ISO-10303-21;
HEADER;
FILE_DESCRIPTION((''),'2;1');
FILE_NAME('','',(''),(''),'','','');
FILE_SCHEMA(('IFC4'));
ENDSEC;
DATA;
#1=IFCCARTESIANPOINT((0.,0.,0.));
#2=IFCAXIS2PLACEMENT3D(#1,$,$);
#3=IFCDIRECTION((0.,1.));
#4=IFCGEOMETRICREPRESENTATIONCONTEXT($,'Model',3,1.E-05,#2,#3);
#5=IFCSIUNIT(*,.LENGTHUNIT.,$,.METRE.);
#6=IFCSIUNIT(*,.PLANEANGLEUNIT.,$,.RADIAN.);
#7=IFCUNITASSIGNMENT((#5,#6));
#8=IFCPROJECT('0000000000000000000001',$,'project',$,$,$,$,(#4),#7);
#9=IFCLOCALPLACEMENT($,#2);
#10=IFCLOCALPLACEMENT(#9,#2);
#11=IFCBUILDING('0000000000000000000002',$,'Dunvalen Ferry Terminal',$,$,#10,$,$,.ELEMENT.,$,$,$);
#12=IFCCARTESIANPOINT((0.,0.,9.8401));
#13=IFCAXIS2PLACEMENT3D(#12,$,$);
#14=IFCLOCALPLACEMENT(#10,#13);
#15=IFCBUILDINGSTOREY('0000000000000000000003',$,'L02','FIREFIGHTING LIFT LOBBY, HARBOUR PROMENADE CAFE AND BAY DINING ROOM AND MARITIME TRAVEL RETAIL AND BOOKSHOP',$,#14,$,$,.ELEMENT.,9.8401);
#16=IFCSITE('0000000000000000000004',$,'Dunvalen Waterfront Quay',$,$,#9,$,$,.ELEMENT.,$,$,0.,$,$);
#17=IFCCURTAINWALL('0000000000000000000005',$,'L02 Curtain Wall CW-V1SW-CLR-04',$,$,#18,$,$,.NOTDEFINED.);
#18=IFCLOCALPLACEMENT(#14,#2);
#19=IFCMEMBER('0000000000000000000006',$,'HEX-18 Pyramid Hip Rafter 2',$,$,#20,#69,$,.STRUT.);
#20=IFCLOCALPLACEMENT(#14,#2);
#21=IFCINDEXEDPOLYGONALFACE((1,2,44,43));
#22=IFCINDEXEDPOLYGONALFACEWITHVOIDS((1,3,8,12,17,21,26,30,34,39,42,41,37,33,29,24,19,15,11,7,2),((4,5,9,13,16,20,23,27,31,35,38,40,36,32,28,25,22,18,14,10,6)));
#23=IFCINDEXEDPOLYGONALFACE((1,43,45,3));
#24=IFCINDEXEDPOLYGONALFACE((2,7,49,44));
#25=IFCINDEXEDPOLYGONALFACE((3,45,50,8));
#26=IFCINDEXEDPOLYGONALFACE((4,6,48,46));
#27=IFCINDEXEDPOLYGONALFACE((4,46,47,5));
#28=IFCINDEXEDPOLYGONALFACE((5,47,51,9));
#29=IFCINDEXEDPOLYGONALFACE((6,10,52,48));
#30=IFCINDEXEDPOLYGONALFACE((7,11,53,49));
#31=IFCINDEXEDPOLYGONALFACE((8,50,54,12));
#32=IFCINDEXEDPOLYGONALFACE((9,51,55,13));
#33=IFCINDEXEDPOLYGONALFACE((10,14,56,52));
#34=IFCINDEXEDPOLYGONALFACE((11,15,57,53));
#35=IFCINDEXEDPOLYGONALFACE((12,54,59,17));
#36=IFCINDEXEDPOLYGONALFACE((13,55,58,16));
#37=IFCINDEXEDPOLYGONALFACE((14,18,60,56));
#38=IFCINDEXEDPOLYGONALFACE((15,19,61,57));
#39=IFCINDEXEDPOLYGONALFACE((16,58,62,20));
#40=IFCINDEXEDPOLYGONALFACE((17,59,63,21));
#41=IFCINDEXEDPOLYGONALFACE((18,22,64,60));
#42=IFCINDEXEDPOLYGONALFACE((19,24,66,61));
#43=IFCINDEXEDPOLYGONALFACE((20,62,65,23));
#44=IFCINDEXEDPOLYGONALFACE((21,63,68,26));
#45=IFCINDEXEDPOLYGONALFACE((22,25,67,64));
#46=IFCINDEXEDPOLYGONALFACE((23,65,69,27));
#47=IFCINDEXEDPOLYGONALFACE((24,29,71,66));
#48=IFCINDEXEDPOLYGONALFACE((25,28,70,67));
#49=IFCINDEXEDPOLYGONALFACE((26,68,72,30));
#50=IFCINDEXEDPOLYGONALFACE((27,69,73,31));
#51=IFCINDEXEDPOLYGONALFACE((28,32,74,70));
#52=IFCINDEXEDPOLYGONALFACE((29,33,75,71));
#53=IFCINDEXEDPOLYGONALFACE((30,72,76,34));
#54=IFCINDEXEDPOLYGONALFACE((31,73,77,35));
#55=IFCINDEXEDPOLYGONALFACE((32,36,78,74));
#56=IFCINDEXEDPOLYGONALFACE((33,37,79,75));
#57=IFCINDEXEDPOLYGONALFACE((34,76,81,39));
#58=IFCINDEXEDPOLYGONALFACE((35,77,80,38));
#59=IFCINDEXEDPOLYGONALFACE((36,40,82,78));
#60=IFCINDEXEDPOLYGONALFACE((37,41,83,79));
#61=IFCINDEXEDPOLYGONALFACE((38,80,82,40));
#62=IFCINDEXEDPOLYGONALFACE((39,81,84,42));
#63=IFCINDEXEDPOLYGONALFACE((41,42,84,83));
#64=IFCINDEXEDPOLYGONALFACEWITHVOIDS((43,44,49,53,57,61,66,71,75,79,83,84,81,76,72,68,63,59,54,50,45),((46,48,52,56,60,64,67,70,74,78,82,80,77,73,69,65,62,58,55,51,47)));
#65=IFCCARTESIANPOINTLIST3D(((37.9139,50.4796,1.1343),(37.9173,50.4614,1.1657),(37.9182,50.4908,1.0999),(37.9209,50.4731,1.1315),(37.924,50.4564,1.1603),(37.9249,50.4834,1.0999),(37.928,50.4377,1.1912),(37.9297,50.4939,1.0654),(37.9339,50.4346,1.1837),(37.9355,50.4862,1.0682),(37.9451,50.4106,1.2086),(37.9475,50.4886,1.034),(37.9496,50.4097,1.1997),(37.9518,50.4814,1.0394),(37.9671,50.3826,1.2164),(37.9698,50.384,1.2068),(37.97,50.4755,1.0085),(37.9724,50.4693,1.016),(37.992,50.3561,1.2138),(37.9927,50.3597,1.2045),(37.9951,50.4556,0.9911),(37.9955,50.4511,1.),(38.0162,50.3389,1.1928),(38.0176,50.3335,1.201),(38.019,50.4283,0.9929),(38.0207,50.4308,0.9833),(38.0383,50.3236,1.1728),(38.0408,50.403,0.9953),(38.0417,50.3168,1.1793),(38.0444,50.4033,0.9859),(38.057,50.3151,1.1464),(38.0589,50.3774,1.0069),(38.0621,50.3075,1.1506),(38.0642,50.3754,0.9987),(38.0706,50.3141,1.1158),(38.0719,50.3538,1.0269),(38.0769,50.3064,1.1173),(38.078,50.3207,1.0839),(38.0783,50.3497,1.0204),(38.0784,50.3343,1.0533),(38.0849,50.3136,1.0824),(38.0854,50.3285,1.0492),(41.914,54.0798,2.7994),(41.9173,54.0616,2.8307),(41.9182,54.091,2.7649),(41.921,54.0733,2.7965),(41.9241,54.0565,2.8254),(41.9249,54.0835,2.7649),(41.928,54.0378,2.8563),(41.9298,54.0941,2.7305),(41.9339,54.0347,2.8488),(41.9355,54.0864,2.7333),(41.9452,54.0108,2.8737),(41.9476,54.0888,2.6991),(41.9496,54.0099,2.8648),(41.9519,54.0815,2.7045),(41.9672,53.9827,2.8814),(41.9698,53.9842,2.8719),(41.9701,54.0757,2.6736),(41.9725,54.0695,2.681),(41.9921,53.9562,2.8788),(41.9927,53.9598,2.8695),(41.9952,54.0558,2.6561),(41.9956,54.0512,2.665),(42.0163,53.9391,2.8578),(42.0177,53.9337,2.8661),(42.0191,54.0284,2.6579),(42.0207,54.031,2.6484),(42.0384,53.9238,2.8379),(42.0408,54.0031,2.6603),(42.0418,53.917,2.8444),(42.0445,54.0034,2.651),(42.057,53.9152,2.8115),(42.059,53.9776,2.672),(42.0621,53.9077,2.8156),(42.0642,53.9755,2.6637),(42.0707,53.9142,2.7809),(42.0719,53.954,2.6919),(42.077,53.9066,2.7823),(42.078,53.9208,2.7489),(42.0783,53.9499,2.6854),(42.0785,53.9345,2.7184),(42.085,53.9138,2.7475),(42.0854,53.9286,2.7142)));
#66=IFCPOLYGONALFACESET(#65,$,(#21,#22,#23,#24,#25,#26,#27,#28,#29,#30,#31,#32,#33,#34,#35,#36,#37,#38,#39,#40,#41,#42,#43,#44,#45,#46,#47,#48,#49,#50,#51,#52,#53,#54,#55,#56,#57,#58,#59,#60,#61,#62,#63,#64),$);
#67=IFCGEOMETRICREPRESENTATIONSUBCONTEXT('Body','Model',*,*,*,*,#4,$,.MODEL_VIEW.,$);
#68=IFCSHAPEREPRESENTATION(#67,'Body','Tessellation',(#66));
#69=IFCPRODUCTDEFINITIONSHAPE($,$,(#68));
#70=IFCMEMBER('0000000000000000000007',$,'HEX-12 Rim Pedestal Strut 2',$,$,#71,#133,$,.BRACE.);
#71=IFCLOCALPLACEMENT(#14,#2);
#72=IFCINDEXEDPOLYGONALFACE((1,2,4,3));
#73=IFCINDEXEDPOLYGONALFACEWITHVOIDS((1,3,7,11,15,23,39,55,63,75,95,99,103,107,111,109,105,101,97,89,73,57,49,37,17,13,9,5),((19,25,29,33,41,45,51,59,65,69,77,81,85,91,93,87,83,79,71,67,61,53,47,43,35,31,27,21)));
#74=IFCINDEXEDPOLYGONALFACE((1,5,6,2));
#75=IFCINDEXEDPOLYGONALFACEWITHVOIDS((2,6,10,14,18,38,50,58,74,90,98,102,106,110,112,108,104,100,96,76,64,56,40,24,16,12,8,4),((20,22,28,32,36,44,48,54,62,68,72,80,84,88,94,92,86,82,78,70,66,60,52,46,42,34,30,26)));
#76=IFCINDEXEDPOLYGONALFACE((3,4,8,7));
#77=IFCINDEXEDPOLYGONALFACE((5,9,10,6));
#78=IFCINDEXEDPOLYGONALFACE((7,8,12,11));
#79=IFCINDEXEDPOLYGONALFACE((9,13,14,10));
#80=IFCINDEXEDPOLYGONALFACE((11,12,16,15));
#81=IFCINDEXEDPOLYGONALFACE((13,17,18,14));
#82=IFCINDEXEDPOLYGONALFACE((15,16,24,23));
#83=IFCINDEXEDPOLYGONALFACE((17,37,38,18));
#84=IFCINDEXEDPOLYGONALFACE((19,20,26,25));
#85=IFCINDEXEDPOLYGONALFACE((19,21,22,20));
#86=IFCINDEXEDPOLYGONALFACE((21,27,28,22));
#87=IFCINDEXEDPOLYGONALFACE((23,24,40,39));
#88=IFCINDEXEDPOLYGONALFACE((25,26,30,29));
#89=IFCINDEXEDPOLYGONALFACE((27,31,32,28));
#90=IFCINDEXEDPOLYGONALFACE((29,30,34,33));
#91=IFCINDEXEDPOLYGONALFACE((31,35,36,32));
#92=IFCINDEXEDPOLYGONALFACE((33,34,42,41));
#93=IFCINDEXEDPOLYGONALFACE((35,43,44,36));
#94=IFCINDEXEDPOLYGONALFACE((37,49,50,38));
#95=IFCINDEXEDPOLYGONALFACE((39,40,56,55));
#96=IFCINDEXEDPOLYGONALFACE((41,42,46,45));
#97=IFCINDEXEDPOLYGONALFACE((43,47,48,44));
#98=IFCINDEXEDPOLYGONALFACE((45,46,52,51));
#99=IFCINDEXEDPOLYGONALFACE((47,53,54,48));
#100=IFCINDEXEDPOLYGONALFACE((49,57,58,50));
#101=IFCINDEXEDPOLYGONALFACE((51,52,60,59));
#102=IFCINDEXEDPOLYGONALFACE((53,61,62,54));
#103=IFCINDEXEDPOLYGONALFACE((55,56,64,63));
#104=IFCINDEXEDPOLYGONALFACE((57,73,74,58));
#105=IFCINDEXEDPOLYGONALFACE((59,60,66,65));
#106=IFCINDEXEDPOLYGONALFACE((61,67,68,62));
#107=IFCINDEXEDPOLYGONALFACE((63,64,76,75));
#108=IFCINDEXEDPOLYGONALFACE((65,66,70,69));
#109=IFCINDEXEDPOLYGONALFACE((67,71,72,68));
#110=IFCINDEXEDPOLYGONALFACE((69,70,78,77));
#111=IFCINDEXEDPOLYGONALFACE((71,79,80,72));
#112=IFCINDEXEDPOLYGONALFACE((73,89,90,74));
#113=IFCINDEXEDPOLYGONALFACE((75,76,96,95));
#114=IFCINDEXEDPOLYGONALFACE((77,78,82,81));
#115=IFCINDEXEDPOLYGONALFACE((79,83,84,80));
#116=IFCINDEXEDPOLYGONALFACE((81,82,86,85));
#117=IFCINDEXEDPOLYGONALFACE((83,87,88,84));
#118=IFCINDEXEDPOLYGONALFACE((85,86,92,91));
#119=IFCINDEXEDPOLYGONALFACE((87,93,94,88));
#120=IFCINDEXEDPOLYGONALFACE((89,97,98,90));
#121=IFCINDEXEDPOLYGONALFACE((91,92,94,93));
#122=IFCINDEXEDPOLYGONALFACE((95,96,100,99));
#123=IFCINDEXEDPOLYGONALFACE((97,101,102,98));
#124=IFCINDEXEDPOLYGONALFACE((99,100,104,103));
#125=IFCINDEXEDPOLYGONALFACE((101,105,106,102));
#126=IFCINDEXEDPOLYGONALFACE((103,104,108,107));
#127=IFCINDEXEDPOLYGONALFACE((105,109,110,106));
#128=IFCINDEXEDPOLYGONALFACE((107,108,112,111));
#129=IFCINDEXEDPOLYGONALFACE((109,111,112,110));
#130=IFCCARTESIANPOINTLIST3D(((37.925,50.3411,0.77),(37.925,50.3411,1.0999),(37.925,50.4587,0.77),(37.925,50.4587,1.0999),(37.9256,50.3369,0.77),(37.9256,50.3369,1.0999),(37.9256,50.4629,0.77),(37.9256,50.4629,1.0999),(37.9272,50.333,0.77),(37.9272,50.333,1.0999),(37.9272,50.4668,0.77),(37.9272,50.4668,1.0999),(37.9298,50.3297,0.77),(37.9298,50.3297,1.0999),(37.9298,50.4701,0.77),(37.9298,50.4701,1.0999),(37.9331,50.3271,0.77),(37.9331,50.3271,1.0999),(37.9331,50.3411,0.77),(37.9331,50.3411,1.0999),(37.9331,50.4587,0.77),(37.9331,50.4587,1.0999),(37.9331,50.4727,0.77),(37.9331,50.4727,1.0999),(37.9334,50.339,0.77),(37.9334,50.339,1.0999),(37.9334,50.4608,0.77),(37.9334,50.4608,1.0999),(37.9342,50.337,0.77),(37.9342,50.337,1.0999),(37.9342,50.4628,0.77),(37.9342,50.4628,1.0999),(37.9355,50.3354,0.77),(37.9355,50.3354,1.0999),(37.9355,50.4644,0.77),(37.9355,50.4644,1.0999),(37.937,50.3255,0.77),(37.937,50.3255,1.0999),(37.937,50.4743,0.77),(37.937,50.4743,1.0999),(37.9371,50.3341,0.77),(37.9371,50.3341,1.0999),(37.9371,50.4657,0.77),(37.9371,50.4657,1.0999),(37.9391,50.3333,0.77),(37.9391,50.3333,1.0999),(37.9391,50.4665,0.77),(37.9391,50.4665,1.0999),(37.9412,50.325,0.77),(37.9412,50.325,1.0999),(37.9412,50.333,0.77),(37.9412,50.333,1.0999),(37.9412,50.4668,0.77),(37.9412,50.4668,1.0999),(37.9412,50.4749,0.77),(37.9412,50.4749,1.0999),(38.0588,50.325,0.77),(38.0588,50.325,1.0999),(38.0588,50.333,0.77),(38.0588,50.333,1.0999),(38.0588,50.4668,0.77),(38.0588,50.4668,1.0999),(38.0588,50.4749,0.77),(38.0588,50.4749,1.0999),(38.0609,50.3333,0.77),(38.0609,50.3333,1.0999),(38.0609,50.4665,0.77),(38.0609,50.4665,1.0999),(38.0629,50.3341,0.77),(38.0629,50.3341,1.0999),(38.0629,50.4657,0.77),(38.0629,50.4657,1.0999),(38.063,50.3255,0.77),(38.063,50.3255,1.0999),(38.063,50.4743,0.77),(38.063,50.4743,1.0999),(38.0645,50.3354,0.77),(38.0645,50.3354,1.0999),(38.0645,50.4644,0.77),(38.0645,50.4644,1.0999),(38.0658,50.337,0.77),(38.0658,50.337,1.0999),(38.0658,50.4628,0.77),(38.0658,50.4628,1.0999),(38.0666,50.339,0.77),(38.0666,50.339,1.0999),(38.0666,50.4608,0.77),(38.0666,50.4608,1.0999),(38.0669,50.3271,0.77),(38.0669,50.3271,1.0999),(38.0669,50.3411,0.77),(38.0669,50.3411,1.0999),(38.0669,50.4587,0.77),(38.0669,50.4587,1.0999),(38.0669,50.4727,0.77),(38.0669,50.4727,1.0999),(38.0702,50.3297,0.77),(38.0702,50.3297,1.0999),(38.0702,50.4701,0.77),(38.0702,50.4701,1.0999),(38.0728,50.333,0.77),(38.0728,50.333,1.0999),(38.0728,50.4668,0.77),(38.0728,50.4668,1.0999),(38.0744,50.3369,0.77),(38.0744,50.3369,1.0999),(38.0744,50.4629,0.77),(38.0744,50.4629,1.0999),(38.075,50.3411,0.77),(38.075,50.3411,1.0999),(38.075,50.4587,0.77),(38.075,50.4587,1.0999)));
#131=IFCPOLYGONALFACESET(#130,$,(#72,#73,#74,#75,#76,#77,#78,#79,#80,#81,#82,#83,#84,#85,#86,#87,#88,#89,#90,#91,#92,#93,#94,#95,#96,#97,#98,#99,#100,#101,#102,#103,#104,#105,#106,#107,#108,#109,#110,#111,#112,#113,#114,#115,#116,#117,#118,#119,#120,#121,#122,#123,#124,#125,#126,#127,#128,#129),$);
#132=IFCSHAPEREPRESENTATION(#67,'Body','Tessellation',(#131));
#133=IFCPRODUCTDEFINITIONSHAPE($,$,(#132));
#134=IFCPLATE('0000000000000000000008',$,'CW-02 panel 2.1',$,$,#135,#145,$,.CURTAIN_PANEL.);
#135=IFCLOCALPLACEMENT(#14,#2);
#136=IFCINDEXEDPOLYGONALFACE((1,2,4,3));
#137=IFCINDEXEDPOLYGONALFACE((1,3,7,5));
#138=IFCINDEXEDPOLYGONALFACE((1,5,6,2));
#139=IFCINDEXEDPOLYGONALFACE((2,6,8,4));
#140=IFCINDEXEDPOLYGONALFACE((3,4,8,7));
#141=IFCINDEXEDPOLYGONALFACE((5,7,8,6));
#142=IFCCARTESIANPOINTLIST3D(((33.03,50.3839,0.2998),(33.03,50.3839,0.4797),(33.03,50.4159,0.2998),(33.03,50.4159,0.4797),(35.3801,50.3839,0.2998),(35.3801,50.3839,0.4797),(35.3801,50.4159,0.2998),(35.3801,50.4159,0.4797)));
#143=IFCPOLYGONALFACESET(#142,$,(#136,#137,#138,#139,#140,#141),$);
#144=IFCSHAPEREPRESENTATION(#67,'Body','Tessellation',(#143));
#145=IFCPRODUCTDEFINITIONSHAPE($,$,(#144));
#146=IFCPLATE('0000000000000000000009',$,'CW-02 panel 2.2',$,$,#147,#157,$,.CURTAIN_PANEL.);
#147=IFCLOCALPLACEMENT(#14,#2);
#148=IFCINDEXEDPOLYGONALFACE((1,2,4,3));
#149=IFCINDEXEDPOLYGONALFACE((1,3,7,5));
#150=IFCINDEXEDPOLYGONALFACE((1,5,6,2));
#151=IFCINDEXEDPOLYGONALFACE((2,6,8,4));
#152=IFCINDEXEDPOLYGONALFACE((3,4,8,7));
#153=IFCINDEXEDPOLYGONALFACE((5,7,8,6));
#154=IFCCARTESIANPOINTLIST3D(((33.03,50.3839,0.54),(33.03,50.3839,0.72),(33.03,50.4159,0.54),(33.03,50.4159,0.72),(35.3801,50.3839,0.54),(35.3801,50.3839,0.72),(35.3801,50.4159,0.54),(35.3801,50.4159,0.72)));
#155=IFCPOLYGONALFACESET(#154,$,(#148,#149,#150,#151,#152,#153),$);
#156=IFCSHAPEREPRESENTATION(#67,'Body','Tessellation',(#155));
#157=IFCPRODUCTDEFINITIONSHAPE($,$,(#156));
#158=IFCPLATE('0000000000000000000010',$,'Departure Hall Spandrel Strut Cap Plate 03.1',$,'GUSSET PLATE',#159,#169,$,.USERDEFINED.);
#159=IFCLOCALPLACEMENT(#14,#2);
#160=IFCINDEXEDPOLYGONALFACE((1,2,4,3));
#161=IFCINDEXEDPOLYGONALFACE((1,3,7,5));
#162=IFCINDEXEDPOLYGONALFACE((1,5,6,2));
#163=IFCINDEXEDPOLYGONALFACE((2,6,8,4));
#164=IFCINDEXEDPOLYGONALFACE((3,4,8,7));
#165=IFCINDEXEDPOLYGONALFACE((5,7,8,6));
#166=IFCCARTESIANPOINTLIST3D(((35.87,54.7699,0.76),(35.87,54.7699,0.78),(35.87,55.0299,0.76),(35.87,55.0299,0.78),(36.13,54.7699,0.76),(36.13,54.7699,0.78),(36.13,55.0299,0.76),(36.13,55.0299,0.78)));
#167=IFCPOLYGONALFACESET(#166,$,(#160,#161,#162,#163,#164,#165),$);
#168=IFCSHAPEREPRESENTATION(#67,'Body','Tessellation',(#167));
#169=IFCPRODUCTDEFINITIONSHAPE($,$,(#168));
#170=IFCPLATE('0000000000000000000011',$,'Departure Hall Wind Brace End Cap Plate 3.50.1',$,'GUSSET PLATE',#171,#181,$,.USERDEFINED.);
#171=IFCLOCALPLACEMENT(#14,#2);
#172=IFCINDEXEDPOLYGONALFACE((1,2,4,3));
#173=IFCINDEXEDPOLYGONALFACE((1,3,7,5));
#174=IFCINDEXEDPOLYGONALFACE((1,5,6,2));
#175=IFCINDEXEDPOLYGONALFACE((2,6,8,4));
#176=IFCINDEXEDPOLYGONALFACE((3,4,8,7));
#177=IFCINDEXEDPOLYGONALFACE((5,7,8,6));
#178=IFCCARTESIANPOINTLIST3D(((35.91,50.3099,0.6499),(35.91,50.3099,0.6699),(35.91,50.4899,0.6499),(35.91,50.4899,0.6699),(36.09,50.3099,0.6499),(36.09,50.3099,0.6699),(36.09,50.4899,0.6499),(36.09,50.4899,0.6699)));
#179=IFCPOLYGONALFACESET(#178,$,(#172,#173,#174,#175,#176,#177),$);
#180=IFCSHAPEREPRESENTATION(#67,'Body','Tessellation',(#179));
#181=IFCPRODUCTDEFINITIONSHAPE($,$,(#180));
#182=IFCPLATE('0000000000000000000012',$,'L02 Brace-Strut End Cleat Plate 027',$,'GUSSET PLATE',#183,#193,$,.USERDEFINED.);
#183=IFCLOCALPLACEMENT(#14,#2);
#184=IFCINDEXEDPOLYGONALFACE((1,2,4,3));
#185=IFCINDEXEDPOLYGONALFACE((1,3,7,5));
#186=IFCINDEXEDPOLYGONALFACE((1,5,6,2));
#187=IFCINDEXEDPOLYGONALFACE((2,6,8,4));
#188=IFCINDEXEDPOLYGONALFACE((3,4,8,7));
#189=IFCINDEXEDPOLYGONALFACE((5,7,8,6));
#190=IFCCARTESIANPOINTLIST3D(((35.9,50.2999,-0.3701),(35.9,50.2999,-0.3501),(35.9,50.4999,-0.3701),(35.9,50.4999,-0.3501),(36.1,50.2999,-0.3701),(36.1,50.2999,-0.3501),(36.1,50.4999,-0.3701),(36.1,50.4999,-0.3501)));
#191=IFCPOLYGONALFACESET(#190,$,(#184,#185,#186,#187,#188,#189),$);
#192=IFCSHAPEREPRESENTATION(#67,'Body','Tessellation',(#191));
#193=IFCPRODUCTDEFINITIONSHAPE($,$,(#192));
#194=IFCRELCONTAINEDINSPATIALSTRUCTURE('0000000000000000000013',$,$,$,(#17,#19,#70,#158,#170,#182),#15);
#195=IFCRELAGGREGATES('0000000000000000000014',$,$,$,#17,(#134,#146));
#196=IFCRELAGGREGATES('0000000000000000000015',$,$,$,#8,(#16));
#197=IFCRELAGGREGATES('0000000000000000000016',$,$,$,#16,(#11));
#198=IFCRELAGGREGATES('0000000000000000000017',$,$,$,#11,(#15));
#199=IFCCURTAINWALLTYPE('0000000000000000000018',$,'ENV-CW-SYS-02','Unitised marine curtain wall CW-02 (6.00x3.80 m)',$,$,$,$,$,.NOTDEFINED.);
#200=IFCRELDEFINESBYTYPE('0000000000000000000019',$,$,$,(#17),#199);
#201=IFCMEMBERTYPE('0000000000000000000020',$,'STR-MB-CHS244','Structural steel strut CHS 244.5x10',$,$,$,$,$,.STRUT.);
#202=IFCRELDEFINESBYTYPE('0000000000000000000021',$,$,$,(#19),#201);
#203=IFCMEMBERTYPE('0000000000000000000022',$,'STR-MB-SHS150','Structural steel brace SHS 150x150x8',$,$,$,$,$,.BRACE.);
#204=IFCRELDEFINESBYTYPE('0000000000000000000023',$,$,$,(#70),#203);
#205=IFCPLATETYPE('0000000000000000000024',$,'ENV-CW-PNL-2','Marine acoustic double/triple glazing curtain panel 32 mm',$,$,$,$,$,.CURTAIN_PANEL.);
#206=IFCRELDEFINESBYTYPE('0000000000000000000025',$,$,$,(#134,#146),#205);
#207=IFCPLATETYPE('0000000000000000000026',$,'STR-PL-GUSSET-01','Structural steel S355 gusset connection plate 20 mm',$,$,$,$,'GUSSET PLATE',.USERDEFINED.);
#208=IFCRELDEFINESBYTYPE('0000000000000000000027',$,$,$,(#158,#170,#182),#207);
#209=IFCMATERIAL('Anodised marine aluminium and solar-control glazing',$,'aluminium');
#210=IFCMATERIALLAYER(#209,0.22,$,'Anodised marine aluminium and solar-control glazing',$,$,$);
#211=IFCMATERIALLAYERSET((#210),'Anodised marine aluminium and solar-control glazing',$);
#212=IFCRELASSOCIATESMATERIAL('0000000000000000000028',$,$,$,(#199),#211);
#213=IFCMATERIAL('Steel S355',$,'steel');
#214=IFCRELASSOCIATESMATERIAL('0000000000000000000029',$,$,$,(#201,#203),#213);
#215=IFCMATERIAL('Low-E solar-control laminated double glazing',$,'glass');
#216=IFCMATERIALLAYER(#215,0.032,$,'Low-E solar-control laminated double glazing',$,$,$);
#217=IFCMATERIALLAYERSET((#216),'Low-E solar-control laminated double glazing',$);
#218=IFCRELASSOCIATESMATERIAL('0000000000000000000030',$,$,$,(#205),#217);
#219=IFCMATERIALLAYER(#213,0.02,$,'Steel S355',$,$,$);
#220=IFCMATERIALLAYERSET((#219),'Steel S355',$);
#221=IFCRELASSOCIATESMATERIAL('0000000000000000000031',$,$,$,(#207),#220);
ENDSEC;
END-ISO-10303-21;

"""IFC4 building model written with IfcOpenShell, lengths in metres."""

from ifc_helpers import new_model, si_unit, direction, frame, origin, origin_2d, place, context, subcontext, project, spatial, rectangle, hollow_rectangle, hollow_circle, extrude, material, layer, layer_set, material_profile, profile_set, type_object, element, aggregate, save


model = new_model("IFC4")

# Units and contexts
model_context = context("Model", 3, precision=1e-05, world=origin(), true_north=direction((0.0, 1.0)))
body_context = subcontext(model_context, "Body", "Model", "MODEL_VIEW")
ifc_project = project(units=[si_unit("LENGTHUNIT", "METRE"), si_unit("PLANEANGLEUNIT", "RADIAN")], contexts=[model_context])

# Site, building, storey
site_placement = place(None, origin())
site = spatial("IfcSite", under=ifc_project, at=site_placement, Name="Dunvalen Waterfront Quay", CompositionType="ELEMENT", RefElevation=0.0)
building_placement = place(site_placement, origin())
building = spatial("IfcBuilding", under=site, at=building_placement, Name="Dunvalen Ferry Terminal", CompositionType="ELEMENT")
storey_placement = place(building_placement, frame((0.0, 0.0, 9.8401)))
storey = spatial("IfcBuildingStorey", under=building, at=storey_placement, Name="L02", Description="FIREFIGHTING LIFT LOBBY, HARBOUR PROMENADE CAFE AND BAY DINING ROOM AND MARITIME TRAVEL RETAIL AND BOOKSHOP", CompositionType="ELEMENT", Elevation=9.8401)

# Curtain wall
ifc_material_1 = material(Name="Anodised marine aluminium and solar-control glazing", Category="aluminium")
ifc_layer_1 = layer(ifc_material_1, 0.22, Name="Anodised marine aluminium and solar-control glazing")
ifc_layer_set_1 = layer_set([ifc_layer_1], Name="Anodised marine aluminium and solar-control glazing")
curtain_wall_type = type_object("IfcCurtainWallType", Name="ENV-CW-SYS-02", Description="Unitised marine curtain wall CW-02 (6.00x3.80 m)", PredefinedType="NOTDEFINED", material=ifc_layer_set_1)
curtain_wall_placement = place(storey_placement, origin())
curtain_wall = element("IfcCurtainWall", 1, at=curtain_wall_placement, inside=storey, type_object=curtain_wall_type, Name="L02 Curtain Wall CW-V1SW-CLR-04", PredefinedType="NOTDEFINED")

# Shared definitions
ifc_material_2 = material(Name="Steel S355", Category="steel")

# Members
ifc_material_profile_1 = material_profile(ifc_material_2, hollow_circle(Radius=0.1223, WallThickness=0.01, at=origin_2d()), Name="Steel S355")
ifc_profile_set_1 = profile_set([ifc_material_profile_1], Name="Steel S355")
member_type_1 = type_object("IfcMemberType", Name="STR-MB-CHS244", Description="Structural steel strut CHS 244.5x10", PredefinedType="STRUT", material=ifc_profile_set_1)
member_1_placement = place(storey_placement, frame((38.0, 50.3999, 1.0999), z_axis=(0.710075, 0.639085, 0.295576), x_axis=(-0.668975, 0.743285, 0.0)))
element("IfcMember", 2, at=member_1_placement, inside=storey, type_object=member_type_1, Name="HEX-18 Pyramid Hip Rafter 2", PredefinedType="STRUT", context=body_context, shape_type="SweptSolid", body=[
    extrude(hollow_circle(Radius=0.1223, WallThickness=0.01, at=origin_2d()), origin(), (0.0, 0.0, 1.0), 5.6333),
])
ifc_material_profile_2 = material_profile(ifc_material_2, hollow_rectangle(XDim=0.1499, YDim=0.1499, WallThickness=0.0081, InnerFilletRadius=0.0081, OuterFilletRadius=0.0161, at=origin_2d()), Name="Steel S355")
ifc_profile_set_2 = profile_set([ifc_material_profile_2], Name="Steel S355")
member_type_2 = type_object("IfcMemberType", Name="STR-MB-SHS150", Description="Structural steel brace SHS 150x150x8", PredefinedType="BRACE", material=ifc_profile_set_2)
member_2_placement = place(storey_placement, frame((38.0, 50.3999, 0.77), z_axis=(0.0, 0.0, 1.0), x_axis=(1.0, 0.0, 0.0)))
element("IfcMember", 3, at=member_2_placement, inside=storey, type_object=member_type_2, Name="HEX-12 Rim Pedestal Strut 2", PredefinedType="BRACE", context=body_context, shape_type="SweptSolid", body=[
    extrude(hollow_rectangle(XDim=0.1499, YDim=0.1499, WallThickness=0.0081, InnerFilletRadius=0.0081, OuterFilletRadius=0.0161, at=origin_2d()), origin(), (0.0, 0.0, 1.0), 0.3298),
])

# Plates
ifc_material_3 = material(Name="Low-E solar-control laminated double glazing", Category="glass")
ifc_layer_2 = layer(ifc_material_3, 0.032, Name="Low-E solar-control laminated double glazing")
ifc_layer_set_2 = layer_set([ifc_layer_2], Name="Low-E solar-control laminated double glazing")
plate_type_1 = type_object("IfcPlateType", Name="ENV-CW-PNL-2", Description="Marine acoustic double/triple glazing curtain panel 32 mm", PredefinedType="CURTAIN_PANEL", material=ifc_layer_set_2)
plate_1_placement = place(storey_placement, frame((34.2051, 50.3999, 0.2998), z_axis=(0.0, 0.0, 1.0), x_axis=(1.0, 0.0, 0.0)))
plate_1 = element("IfcPlate", 4, at=plate_1_placement, type_object=plate_type_1, Name="CW-02 panel 2.1", PredefinedType="CURTAIN_PANEL", context=body_context, shape_type="SweptSolid", body=[
    extrude(rectangle(XDim=2.3501, YDim=0.032, at=origin_2d()), origin(), (0.0, 0.0, 1.0), 0.1799),
])
plate_2_placement = place(storey_placement, frame((34.2051, 50.3999, 0.54), z_axis=(0.0, 0.0, 1.0), x_axis=(1.0, 0.0, 0.0)))
plate_2 = element("IfcPlate", 5, at=plate_2_placement, type_object=plate_type_1, Name="CW-02 panel 2.2", PredefinedType="CURTAIN_PANEL", context=body_context, shape_type="SweptSolid", body=[
    extrude(rectangle(XDim=2.3501, YDim=0.032, at=origin_2d()), origin(), (0.0, 0.0, 1.0), 0.1799),
])
aggregate(curtain_wall, [plate_1, plate_2])

# Plates
ifc_layer_3 = layer(ifc_material_2, 0.02, Name="Steel S355")
ifc_layer_set_3 = layer_set([ifc_layer_3], Name="Steel S355")
plate_type_2 = type_object("IfcPlateType", Name="STR-PL-GUSSET-01", Description="Structural steel S355 gusset connection plate 20 mm", ElementType="GUSSET PLATE", PredefinedType="USERDEFINED", material=ifc_layer_set_3)
plate_3_placement = place(storey_placement, frame((36.0, 54.8999, 0.76), z_axis=(0.0, 0.0, 1.0), x_axis=(1.0, 0.0, 0.0)))
element("IfcPlate", 6, at=plate_3_placement, inside=storey, type_object=plate_type_2, Name="Departure Hall Spandrel Strut Cap Plate 03.1", ObjectType="GUSSET PLATE", PredefinedType="USERDEFINED", context=body_context, shape_type="SweptSolid", body=[
    extrude(rectangle(XDim=0.26, YDim=0.26, at=origin_2d()), origin(), (0.0, 0.0, 1.0), 0.02),
])
plate_4_placement = place(storey_placement, frame((36.0, 50.3999, 0.6499), z_axis=(0.0, 0.0, 1.0), x_axis=(1.0, 0.0, 0.0)))
element("IfcPlate", 7, at=plate_4_placement, inside=storey, type_object=plate_type_2, Name="Departure Hall Wind Brace End Cap Plate 3.50.1", ObjectType="GUSSET PLATE", PredefinedType="USERDEFINED", context=body_context, shape_type="SweptSolid", body=[
    extrude(rectangle(XDim=0.1799, YDim=0.1799, at=origin_2d()), origin(), (0.0, 0.0, 1.0), 0.02),
])
for number, where, z_axis, x_axis, name in (
    (8, (36.0, 50.3999, -0.3701), (0.0, 0.0, 1.0), (1.0, 0.0, 0.0), "L02 Brace-Strut End Cleat Plate 027"),
):
    element("IfcPlate", number, at=place(storey_placement, frame(where, z_axis=z_axis, x_axis=x_axis)), inside=storey, type_object=plate_type_2, Name=name, ObjectType="GUSSET PLATE", PredefinedType="USERDEFINED", context=body_context, shape_type="SweptSolid", body=[
        extrude(rectangle(XDim=0.2, YDim=0.2, at=origin_2d()), origin(), (0.0, 0.0, 1.0), 0.02),
    ])

save(model, "model.ifc")
